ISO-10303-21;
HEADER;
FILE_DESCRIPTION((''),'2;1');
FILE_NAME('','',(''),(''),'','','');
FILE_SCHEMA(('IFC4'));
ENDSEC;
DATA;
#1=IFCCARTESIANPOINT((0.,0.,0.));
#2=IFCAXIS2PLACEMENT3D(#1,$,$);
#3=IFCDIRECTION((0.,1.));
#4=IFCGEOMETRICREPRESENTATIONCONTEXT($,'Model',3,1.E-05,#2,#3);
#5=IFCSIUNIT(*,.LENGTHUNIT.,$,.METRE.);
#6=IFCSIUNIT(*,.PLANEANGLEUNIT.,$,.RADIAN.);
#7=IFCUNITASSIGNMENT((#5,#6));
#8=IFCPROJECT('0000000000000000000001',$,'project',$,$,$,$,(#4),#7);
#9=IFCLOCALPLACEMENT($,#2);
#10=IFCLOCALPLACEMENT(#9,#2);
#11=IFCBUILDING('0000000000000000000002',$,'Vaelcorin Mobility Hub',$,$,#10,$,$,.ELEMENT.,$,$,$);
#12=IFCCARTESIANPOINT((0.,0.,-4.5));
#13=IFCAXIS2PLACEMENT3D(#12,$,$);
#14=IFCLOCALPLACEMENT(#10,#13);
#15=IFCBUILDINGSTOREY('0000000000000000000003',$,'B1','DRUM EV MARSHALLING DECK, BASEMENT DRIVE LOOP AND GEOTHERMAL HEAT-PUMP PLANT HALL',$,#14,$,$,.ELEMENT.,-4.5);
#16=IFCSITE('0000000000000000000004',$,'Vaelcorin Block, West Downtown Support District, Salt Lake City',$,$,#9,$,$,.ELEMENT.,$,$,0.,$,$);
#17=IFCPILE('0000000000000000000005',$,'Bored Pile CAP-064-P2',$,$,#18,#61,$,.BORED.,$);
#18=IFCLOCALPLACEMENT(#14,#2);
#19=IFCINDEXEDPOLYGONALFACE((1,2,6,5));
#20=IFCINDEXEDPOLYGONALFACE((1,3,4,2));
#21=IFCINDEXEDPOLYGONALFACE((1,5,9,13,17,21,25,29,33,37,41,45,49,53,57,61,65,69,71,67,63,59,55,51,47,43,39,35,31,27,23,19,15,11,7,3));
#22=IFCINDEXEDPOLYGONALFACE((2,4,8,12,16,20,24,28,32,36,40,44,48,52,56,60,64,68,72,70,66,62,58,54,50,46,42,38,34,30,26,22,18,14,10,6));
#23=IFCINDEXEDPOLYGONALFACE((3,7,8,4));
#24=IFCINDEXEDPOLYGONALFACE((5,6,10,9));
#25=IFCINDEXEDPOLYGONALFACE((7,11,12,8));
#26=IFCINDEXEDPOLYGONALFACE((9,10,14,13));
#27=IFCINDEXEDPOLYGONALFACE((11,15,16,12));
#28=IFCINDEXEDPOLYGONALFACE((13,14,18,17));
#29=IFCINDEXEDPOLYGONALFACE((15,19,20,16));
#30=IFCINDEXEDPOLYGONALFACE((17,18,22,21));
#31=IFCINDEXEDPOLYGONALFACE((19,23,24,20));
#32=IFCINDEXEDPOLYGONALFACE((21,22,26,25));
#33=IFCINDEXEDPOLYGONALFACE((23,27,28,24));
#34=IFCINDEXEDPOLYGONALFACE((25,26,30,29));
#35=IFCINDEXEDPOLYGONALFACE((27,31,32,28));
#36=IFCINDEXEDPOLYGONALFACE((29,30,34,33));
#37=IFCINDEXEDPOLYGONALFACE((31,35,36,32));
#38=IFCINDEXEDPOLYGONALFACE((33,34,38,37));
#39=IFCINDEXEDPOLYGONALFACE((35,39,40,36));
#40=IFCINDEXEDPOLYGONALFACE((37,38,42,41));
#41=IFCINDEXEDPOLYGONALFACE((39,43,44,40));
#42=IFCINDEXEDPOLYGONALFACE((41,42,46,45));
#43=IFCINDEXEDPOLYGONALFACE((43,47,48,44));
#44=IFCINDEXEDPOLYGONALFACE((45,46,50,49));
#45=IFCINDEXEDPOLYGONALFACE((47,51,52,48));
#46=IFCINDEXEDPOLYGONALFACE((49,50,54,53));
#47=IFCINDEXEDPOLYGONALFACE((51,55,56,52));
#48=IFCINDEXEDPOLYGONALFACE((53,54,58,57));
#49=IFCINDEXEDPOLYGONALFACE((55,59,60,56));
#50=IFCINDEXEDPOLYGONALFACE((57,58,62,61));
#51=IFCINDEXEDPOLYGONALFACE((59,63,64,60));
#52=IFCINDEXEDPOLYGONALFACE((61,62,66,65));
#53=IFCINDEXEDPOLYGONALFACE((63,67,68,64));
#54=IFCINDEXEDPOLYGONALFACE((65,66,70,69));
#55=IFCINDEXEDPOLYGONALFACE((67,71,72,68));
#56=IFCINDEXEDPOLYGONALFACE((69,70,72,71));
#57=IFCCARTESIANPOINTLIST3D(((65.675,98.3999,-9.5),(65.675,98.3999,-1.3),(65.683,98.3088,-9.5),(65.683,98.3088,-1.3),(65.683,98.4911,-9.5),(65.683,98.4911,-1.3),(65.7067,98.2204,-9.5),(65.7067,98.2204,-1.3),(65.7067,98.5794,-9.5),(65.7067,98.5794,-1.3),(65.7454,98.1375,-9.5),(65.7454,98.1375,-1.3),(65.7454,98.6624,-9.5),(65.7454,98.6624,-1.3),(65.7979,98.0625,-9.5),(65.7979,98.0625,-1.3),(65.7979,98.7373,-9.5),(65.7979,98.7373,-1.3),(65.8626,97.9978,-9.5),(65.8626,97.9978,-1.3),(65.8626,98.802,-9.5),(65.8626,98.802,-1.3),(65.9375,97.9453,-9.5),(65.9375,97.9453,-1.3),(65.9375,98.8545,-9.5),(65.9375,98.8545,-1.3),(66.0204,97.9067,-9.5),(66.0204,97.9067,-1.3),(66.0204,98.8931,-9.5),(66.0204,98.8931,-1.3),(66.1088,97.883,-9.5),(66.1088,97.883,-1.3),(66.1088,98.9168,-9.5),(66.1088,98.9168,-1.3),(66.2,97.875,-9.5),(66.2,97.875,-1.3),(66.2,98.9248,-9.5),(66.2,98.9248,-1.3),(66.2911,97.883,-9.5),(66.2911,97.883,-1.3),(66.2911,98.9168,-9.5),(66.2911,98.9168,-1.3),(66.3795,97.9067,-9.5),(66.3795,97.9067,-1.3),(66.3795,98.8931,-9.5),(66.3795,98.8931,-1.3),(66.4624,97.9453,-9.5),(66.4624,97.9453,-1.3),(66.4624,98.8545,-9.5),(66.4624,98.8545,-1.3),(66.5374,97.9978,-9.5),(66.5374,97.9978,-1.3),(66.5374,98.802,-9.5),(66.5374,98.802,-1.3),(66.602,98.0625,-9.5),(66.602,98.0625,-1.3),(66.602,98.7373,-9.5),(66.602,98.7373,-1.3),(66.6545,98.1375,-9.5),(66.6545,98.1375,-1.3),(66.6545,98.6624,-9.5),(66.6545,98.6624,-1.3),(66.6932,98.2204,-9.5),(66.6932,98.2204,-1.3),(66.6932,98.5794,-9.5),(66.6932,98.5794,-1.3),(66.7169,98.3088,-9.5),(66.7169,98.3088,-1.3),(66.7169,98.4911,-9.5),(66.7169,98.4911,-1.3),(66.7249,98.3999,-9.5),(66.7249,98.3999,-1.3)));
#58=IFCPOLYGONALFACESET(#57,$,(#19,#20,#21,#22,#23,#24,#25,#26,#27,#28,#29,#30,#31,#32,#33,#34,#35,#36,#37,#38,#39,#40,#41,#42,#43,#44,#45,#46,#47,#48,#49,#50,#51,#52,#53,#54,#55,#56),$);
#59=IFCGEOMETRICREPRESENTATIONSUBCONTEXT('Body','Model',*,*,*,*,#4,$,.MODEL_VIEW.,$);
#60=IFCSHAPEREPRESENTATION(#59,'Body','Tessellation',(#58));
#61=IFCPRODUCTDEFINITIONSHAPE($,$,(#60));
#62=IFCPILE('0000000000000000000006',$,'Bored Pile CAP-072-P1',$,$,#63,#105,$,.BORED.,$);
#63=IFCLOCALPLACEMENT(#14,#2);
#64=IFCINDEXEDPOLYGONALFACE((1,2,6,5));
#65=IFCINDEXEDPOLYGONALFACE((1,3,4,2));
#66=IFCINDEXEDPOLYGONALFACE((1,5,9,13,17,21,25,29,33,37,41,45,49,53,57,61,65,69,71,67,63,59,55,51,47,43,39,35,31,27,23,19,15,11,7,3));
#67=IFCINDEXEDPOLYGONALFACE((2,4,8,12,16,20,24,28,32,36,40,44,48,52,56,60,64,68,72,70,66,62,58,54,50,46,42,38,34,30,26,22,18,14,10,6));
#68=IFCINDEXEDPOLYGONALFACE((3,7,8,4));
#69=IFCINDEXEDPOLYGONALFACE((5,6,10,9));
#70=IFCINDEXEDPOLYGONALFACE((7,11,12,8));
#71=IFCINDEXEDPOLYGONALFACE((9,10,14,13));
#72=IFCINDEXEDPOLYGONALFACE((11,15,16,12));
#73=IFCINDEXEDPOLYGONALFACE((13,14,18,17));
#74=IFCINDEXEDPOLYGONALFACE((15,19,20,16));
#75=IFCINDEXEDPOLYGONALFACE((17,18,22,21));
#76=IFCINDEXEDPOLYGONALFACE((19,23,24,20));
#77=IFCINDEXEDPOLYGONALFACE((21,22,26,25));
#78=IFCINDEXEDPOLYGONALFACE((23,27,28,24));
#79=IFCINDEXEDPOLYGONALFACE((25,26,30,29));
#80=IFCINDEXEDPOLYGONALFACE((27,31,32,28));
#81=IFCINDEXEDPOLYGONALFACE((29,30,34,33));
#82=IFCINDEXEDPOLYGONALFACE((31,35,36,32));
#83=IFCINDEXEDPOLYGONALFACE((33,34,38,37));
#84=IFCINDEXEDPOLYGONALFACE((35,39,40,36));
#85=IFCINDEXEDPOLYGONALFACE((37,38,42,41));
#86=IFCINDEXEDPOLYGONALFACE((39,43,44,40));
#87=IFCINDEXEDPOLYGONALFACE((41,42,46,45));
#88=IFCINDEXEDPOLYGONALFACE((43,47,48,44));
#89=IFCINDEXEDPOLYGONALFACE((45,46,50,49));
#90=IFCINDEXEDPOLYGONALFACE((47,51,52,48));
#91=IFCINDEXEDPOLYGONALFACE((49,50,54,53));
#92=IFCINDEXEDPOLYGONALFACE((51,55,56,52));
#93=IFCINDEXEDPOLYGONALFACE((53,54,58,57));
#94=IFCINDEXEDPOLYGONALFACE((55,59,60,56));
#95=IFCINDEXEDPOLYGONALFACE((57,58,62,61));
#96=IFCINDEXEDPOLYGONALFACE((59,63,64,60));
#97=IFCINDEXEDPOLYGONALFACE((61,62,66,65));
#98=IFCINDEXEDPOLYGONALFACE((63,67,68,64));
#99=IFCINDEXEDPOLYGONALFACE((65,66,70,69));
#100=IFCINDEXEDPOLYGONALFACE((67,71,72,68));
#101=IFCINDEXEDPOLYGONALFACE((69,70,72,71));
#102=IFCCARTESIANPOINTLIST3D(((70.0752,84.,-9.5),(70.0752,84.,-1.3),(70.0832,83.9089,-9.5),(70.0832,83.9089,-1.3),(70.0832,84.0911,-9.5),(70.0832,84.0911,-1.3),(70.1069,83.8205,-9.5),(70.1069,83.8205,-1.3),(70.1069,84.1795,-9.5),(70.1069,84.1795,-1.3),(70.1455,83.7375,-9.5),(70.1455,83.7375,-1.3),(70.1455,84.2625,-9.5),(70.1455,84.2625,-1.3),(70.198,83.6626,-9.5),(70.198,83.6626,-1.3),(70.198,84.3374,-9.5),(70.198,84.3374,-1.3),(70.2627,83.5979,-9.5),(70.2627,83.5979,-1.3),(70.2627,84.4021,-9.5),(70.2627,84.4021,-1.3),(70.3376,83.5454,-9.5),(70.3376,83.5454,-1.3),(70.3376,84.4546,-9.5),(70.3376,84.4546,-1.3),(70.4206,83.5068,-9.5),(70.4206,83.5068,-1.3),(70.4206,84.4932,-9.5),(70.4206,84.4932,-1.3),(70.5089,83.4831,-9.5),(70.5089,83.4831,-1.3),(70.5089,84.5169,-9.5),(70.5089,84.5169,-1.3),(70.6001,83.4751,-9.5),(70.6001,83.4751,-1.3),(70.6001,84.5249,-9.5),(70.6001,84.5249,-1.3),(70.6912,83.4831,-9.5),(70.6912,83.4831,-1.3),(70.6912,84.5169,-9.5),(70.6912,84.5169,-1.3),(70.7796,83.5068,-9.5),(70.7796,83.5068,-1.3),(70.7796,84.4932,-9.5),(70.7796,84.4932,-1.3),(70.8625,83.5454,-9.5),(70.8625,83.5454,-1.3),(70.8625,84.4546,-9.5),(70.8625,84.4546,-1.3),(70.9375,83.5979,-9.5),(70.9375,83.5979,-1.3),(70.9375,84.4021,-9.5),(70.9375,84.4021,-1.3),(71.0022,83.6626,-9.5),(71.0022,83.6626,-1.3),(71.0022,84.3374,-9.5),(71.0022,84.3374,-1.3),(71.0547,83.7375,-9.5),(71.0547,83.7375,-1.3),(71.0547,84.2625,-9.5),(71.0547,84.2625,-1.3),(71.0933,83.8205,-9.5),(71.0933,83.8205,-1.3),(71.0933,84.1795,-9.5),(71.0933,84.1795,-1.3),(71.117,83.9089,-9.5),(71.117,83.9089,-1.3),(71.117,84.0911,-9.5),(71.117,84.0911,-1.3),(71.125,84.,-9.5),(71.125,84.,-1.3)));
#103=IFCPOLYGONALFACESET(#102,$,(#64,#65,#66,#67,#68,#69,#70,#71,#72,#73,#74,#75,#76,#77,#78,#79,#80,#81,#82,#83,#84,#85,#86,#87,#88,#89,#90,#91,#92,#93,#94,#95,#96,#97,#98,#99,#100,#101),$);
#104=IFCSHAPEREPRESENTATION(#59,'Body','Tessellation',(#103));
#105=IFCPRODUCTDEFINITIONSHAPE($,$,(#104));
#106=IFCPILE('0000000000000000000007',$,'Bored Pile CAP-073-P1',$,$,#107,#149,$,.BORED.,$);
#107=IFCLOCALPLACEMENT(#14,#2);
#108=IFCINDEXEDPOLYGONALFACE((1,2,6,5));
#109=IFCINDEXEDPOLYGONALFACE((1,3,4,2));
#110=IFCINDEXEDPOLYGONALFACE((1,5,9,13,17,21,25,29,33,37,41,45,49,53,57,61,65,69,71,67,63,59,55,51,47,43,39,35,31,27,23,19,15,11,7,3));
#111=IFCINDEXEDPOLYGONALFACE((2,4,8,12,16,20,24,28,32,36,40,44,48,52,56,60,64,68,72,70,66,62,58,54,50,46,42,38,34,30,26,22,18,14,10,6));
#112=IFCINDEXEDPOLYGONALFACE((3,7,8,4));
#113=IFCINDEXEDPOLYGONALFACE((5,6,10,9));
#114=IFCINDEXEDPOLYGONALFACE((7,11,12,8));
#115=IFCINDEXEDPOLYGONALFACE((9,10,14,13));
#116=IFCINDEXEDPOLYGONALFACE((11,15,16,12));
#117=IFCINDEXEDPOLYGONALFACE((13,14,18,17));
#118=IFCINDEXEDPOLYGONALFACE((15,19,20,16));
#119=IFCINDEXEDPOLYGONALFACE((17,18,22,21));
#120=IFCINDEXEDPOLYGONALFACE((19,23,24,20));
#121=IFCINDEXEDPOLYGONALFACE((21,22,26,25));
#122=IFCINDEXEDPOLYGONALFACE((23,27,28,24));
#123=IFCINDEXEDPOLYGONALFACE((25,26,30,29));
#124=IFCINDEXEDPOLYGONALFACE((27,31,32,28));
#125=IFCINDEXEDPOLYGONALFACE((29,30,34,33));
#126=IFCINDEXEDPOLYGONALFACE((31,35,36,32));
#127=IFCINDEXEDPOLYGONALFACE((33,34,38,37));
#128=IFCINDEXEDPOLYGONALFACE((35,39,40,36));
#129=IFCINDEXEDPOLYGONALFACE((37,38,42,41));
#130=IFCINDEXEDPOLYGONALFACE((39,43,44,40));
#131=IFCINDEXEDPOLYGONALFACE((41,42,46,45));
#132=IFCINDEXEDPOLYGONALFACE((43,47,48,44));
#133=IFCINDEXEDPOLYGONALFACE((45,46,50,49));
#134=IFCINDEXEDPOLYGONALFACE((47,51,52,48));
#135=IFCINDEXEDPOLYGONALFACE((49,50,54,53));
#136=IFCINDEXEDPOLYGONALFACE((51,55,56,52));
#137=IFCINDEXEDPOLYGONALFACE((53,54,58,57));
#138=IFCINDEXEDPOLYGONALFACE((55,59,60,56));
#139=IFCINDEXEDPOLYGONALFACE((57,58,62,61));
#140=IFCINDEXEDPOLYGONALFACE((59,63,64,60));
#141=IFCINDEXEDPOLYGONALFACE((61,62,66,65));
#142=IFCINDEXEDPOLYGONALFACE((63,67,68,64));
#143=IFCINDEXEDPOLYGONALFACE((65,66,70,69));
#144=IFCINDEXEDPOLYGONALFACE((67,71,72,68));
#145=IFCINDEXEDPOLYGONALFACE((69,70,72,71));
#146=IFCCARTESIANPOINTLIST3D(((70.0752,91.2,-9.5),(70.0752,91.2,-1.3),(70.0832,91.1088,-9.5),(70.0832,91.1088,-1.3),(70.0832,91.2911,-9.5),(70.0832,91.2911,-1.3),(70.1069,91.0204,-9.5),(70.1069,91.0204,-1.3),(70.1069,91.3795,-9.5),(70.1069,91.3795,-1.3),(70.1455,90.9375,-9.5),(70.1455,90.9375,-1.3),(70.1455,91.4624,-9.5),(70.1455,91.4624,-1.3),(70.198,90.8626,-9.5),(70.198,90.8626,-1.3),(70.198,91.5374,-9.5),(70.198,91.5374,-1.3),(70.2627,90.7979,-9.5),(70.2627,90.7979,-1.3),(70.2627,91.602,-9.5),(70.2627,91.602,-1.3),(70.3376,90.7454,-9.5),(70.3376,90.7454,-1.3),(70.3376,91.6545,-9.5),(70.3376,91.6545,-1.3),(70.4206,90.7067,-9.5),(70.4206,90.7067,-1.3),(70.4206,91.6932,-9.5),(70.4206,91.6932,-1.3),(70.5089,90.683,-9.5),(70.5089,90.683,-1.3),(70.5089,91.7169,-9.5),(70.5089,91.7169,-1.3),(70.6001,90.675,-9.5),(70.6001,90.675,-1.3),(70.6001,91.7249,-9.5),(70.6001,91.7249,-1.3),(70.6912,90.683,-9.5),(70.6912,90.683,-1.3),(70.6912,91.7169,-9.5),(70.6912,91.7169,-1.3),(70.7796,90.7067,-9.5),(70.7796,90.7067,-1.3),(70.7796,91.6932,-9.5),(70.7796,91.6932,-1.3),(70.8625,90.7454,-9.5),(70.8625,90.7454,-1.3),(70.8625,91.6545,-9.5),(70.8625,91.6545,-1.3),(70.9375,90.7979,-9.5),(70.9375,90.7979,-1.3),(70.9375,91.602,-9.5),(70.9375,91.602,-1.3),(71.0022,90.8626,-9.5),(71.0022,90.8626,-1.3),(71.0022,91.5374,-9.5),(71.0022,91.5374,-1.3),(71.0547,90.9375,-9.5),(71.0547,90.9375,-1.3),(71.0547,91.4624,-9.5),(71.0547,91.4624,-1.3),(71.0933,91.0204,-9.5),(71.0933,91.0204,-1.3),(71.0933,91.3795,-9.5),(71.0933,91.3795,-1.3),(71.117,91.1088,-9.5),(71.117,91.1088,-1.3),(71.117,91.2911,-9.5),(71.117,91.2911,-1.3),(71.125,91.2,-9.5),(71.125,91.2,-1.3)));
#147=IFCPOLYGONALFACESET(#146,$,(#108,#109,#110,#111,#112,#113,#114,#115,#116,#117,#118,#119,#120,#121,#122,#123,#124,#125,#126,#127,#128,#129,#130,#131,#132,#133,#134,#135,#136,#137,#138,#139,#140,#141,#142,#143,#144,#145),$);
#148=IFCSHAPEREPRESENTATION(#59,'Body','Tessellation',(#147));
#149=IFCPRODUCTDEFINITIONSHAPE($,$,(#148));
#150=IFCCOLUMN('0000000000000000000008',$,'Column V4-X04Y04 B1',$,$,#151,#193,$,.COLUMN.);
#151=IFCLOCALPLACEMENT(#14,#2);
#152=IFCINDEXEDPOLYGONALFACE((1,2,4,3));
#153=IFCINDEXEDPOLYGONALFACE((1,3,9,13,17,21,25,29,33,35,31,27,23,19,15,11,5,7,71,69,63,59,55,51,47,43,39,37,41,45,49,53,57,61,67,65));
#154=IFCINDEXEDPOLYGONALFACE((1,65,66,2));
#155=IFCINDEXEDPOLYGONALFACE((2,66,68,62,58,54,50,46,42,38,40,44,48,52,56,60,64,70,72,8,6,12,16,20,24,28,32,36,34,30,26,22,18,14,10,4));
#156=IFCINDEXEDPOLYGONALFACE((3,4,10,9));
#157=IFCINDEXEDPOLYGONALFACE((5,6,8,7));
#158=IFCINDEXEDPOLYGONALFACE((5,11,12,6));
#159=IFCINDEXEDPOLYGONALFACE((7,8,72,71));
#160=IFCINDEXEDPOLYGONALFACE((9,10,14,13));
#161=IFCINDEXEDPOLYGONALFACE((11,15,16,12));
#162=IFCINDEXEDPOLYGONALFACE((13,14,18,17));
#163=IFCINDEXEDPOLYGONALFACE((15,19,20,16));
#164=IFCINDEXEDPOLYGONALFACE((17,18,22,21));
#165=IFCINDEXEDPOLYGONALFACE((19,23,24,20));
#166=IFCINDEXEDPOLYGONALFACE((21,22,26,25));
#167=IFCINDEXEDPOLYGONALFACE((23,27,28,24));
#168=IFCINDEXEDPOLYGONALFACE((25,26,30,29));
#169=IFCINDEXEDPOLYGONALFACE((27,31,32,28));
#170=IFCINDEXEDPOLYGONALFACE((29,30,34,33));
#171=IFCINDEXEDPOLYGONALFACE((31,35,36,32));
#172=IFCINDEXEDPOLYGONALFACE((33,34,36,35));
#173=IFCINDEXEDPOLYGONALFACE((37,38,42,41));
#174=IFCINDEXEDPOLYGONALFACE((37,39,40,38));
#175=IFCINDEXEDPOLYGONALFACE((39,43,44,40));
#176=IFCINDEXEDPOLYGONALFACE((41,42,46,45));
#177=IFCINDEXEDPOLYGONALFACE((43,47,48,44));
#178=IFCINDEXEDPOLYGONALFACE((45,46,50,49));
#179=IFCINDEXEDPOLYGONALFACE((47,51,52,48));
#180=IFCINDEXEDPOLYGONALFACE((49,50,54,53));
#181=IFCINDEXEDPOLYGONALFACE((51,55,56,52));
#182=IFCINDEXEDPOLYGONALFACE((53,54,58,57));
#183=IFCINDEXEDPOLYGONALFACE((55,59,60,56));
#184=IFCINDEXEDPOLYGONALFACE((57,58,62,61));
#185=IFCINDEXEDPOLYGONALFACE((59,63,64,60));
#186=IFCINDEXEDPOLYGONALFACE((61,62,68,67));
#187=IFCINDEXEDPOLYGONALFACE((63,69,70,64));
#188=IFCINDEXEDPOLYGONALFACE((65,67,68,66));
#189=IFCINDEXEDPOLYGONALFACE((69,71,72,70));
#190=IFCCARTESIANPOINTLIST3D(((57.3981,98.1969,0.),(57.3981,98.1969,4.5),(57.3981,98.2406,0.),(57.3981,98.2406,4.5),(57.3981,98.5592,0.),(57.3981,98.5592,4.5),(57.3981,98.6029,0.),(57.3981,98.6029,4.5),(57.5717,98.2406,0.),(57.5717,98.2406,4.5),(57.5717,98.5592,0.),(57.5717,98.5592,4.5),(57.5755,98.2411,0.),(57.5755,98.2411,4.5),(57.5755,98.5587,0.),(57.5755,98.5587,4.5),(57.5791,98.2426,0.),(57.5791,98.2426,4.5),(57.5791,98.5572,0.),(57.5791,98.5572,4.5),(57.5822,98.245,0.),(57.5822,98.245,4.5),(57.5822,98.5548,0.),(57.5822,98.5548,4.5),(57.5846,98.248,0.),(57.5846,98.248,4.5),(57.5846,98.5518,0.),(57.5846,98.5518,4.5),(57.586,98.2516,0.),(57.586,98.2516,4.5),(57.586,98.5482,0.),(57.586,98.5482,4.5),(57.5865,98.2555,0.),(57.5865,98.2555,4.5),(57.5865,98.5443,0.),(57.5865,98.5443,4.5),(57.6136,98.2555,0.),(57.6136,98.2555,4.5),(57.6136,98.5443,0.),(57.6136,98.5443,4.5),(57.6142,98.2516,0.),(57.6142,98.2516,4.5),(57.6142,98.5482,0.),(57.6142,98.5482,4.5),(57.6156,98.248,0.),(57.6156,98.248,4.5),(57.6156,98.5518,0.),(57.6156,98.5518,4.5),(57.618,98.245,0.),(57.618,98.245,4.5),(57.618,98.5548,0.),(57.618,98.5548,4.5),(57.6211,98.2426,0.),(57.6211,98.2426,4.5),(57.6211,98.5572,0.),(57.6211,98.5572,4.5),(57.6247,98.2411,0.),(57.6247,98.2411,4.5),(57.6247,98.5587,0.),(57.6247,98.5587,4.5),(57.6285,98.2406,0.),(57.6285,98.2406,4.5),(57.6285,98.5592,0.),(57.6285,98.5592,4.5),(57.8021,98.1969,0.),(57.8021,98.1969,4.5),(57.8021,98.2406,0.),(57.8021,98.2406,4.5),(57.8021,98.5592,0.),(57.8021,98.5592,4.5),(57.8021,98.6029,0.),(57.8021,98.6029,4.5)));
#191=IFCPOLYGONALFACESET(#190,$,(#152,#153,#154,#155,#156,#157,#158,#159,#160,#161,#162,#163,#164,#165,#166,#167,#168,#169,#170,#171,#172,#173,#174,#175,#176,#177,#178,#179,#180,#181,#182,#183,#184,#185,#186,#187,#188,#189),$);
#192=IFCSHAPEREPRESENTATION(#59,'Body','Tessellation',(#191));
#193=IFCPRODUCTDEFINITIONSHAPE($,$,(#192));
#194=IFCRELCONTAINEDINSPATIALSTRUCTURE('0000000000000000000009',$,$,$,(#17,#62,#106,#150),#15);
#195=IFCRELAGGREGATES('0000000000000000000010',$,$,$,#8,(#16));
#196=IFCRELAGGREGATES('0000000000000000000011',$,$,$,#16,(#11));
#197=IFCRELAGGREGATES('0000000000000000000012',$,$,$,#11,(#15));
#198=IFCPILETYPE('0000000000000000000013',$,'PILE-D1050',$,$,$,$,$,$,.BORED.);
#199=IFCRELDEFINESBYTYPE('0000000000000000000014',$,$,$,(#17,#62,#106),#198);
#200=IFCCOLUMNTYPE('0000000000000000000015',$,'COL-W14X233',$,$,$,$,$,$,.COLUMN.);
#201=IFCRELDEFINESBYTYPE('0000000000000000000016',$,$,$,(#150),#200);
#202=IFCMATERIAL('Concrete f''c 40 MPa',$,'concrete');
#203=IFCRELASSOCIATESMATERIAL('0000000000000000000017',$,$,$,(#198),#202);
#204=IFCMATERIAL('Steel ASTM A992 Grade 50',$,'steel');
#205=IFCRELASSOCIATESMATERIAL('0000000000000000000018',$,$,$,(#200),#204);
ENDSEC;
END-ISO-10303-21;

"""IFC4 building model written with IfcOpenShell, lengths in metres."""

from ifc_helpers import new_model, si_unit, direction, frame, origin, origin_2d, place, context, subcontext, project, spatial, circle, i_section, extrude, material, material_profile, profile_set, type_object, element, save


model = new_model("IFC4")

# Units and contexts
model_context = context("Model", 3, precision=1e-05, world=origin(), true_north=direction((0.0, 1.0)))
body_context = subcontext(model_context, "Body", "Model", "MODEL_VIEW")
ifc_project = project(units=[si_unit("LENGTHUNIT", "METRE"), si_unit("PLANEANGLEUNIT", "RADIAN")], contexts=[model_context])

# Site, building, storey
site_placement = place(None, origin())
site = spatial("IfcSite", under=ifc_project, at=site_placement, Name="Vaelcorin Block, West Downtown Support District, Salt Lake City", CompositionType="ELEMENT", RefElevation=0.0)
building_placement = place(site_placement, origin())
building = spatial("IfcBuilding", under=site, at=building_placement, Name="Vaelcorin Mobility Hub", CompositionType="ELEMENT")
storey_placement = place(building_placement, frame((0.0, 0.0, -4.5)))
storey = spatial("IfcBuildingStorey", under=building, at=storey_placement, Name="B1", Description="DRUM EV MARSHALLING DECK, BASEMENT DRIVE LOOP AND GEOTHERMAL HEAT-PUMP PLANT HALL", CompositionType="ELEMENT", Elevation=-4.5)

# Shared definitions
ifc_material_1 = material(Name="Concrete f'c 40 MPa", Category="concrete")

# Piles
ifc_material_profile_1 = material_profile(ifc_material_1, circle(Radius=0.5249, at=origin_2d()), Name="BP-D1050")
ifc_profile_set_1 = profile_set([ifc_material_profile_1], Name="Concrete f'c 40 MPa")
pile_type = type_object("IfcPileType", Name="PILE-D1050", PredefinedType="BORED", material=ifc_profile_set_1)
for number, where, z_axis, x_axis, name in (
    (1, (66.2, 98.3999, -1.3), (0.0, 0.0, -1.0), (1.0, 0.0, 0.0), "Bored Pile CAP-064-P2"),
    (2, (70.6001, 84.0, -1.3), (0.0, 0.0, -1.0), (1.0, 0.0, 0.0), "Bored Pile CAP-072-P1"),
    (3, (70.6001, 91.2, -1.3), (0.0, 0.0, -1.0), (1.0, 0.0, 0.0), "Bored Pile CAP-073-P1"),
):
    element("IfcPile", number, at=place(storey_placement, frame(where, z_axis=z_axis, x_axis=x_axis)), inside=storey, type_object=pile_type, Name=name, PredefinedType="BORED", context=body_context, shape_type="SweptSolid", body=[
        extrude(circle(Radius=0.5249, at=origin_2d()), origin(), (0.0, 0.0, 1.0), 8.2),
    ])

# Column
ifc_material_2 = material(Name="Steel ASTM A992 Grade 50", Category="steel")
ifc_material_profile_2 = material_profile(ifc_material_2, i_section(OverallWidth=0.4041, OverallDepth=0.406, WebThickness=0.0271, FlangeThickness=0.0437, FilletRadius=0.0149, at=origin_2d()), Name="W14X233")
ifc_profile_set_2 = profile_set([ifc_material_profile_2], Name="Steel ASTM A992 Grade 50")
column_type_1 = type_object("IfcColumnType", Name="COL-W14X233", PredefinedType="COLUMN", material=ifc_profile_set_2)
for number, where, z_axis, x_axis, name in (
    (4, (57.6001, 98.3999, 0.0), (0.0, 0.0, 1.0), (1.0, 0.0, 0.0), "Column V4-X04Y04 B1"),
):
    element("IfcColumn", number, at=place(storey_placement, frame(where, z_axis=z_axis, x_axis=x_axis)), inside=storey, type_object=column_type_1, Name=name, PredefinedType="COLUMN", context=body_context, shape_type="SweptSolid", body=[
        extrude(i_section(OverallWidth=0.4041, OverallDepth=0.406, WebThickness=0.0271, FlangeThickness=0.0437, FilletRadius=0.0149, at=origin_2d()), origin(), (0.0, 0.0, 1.0), 4.5),
    ])

save(model, "model.ifc")
